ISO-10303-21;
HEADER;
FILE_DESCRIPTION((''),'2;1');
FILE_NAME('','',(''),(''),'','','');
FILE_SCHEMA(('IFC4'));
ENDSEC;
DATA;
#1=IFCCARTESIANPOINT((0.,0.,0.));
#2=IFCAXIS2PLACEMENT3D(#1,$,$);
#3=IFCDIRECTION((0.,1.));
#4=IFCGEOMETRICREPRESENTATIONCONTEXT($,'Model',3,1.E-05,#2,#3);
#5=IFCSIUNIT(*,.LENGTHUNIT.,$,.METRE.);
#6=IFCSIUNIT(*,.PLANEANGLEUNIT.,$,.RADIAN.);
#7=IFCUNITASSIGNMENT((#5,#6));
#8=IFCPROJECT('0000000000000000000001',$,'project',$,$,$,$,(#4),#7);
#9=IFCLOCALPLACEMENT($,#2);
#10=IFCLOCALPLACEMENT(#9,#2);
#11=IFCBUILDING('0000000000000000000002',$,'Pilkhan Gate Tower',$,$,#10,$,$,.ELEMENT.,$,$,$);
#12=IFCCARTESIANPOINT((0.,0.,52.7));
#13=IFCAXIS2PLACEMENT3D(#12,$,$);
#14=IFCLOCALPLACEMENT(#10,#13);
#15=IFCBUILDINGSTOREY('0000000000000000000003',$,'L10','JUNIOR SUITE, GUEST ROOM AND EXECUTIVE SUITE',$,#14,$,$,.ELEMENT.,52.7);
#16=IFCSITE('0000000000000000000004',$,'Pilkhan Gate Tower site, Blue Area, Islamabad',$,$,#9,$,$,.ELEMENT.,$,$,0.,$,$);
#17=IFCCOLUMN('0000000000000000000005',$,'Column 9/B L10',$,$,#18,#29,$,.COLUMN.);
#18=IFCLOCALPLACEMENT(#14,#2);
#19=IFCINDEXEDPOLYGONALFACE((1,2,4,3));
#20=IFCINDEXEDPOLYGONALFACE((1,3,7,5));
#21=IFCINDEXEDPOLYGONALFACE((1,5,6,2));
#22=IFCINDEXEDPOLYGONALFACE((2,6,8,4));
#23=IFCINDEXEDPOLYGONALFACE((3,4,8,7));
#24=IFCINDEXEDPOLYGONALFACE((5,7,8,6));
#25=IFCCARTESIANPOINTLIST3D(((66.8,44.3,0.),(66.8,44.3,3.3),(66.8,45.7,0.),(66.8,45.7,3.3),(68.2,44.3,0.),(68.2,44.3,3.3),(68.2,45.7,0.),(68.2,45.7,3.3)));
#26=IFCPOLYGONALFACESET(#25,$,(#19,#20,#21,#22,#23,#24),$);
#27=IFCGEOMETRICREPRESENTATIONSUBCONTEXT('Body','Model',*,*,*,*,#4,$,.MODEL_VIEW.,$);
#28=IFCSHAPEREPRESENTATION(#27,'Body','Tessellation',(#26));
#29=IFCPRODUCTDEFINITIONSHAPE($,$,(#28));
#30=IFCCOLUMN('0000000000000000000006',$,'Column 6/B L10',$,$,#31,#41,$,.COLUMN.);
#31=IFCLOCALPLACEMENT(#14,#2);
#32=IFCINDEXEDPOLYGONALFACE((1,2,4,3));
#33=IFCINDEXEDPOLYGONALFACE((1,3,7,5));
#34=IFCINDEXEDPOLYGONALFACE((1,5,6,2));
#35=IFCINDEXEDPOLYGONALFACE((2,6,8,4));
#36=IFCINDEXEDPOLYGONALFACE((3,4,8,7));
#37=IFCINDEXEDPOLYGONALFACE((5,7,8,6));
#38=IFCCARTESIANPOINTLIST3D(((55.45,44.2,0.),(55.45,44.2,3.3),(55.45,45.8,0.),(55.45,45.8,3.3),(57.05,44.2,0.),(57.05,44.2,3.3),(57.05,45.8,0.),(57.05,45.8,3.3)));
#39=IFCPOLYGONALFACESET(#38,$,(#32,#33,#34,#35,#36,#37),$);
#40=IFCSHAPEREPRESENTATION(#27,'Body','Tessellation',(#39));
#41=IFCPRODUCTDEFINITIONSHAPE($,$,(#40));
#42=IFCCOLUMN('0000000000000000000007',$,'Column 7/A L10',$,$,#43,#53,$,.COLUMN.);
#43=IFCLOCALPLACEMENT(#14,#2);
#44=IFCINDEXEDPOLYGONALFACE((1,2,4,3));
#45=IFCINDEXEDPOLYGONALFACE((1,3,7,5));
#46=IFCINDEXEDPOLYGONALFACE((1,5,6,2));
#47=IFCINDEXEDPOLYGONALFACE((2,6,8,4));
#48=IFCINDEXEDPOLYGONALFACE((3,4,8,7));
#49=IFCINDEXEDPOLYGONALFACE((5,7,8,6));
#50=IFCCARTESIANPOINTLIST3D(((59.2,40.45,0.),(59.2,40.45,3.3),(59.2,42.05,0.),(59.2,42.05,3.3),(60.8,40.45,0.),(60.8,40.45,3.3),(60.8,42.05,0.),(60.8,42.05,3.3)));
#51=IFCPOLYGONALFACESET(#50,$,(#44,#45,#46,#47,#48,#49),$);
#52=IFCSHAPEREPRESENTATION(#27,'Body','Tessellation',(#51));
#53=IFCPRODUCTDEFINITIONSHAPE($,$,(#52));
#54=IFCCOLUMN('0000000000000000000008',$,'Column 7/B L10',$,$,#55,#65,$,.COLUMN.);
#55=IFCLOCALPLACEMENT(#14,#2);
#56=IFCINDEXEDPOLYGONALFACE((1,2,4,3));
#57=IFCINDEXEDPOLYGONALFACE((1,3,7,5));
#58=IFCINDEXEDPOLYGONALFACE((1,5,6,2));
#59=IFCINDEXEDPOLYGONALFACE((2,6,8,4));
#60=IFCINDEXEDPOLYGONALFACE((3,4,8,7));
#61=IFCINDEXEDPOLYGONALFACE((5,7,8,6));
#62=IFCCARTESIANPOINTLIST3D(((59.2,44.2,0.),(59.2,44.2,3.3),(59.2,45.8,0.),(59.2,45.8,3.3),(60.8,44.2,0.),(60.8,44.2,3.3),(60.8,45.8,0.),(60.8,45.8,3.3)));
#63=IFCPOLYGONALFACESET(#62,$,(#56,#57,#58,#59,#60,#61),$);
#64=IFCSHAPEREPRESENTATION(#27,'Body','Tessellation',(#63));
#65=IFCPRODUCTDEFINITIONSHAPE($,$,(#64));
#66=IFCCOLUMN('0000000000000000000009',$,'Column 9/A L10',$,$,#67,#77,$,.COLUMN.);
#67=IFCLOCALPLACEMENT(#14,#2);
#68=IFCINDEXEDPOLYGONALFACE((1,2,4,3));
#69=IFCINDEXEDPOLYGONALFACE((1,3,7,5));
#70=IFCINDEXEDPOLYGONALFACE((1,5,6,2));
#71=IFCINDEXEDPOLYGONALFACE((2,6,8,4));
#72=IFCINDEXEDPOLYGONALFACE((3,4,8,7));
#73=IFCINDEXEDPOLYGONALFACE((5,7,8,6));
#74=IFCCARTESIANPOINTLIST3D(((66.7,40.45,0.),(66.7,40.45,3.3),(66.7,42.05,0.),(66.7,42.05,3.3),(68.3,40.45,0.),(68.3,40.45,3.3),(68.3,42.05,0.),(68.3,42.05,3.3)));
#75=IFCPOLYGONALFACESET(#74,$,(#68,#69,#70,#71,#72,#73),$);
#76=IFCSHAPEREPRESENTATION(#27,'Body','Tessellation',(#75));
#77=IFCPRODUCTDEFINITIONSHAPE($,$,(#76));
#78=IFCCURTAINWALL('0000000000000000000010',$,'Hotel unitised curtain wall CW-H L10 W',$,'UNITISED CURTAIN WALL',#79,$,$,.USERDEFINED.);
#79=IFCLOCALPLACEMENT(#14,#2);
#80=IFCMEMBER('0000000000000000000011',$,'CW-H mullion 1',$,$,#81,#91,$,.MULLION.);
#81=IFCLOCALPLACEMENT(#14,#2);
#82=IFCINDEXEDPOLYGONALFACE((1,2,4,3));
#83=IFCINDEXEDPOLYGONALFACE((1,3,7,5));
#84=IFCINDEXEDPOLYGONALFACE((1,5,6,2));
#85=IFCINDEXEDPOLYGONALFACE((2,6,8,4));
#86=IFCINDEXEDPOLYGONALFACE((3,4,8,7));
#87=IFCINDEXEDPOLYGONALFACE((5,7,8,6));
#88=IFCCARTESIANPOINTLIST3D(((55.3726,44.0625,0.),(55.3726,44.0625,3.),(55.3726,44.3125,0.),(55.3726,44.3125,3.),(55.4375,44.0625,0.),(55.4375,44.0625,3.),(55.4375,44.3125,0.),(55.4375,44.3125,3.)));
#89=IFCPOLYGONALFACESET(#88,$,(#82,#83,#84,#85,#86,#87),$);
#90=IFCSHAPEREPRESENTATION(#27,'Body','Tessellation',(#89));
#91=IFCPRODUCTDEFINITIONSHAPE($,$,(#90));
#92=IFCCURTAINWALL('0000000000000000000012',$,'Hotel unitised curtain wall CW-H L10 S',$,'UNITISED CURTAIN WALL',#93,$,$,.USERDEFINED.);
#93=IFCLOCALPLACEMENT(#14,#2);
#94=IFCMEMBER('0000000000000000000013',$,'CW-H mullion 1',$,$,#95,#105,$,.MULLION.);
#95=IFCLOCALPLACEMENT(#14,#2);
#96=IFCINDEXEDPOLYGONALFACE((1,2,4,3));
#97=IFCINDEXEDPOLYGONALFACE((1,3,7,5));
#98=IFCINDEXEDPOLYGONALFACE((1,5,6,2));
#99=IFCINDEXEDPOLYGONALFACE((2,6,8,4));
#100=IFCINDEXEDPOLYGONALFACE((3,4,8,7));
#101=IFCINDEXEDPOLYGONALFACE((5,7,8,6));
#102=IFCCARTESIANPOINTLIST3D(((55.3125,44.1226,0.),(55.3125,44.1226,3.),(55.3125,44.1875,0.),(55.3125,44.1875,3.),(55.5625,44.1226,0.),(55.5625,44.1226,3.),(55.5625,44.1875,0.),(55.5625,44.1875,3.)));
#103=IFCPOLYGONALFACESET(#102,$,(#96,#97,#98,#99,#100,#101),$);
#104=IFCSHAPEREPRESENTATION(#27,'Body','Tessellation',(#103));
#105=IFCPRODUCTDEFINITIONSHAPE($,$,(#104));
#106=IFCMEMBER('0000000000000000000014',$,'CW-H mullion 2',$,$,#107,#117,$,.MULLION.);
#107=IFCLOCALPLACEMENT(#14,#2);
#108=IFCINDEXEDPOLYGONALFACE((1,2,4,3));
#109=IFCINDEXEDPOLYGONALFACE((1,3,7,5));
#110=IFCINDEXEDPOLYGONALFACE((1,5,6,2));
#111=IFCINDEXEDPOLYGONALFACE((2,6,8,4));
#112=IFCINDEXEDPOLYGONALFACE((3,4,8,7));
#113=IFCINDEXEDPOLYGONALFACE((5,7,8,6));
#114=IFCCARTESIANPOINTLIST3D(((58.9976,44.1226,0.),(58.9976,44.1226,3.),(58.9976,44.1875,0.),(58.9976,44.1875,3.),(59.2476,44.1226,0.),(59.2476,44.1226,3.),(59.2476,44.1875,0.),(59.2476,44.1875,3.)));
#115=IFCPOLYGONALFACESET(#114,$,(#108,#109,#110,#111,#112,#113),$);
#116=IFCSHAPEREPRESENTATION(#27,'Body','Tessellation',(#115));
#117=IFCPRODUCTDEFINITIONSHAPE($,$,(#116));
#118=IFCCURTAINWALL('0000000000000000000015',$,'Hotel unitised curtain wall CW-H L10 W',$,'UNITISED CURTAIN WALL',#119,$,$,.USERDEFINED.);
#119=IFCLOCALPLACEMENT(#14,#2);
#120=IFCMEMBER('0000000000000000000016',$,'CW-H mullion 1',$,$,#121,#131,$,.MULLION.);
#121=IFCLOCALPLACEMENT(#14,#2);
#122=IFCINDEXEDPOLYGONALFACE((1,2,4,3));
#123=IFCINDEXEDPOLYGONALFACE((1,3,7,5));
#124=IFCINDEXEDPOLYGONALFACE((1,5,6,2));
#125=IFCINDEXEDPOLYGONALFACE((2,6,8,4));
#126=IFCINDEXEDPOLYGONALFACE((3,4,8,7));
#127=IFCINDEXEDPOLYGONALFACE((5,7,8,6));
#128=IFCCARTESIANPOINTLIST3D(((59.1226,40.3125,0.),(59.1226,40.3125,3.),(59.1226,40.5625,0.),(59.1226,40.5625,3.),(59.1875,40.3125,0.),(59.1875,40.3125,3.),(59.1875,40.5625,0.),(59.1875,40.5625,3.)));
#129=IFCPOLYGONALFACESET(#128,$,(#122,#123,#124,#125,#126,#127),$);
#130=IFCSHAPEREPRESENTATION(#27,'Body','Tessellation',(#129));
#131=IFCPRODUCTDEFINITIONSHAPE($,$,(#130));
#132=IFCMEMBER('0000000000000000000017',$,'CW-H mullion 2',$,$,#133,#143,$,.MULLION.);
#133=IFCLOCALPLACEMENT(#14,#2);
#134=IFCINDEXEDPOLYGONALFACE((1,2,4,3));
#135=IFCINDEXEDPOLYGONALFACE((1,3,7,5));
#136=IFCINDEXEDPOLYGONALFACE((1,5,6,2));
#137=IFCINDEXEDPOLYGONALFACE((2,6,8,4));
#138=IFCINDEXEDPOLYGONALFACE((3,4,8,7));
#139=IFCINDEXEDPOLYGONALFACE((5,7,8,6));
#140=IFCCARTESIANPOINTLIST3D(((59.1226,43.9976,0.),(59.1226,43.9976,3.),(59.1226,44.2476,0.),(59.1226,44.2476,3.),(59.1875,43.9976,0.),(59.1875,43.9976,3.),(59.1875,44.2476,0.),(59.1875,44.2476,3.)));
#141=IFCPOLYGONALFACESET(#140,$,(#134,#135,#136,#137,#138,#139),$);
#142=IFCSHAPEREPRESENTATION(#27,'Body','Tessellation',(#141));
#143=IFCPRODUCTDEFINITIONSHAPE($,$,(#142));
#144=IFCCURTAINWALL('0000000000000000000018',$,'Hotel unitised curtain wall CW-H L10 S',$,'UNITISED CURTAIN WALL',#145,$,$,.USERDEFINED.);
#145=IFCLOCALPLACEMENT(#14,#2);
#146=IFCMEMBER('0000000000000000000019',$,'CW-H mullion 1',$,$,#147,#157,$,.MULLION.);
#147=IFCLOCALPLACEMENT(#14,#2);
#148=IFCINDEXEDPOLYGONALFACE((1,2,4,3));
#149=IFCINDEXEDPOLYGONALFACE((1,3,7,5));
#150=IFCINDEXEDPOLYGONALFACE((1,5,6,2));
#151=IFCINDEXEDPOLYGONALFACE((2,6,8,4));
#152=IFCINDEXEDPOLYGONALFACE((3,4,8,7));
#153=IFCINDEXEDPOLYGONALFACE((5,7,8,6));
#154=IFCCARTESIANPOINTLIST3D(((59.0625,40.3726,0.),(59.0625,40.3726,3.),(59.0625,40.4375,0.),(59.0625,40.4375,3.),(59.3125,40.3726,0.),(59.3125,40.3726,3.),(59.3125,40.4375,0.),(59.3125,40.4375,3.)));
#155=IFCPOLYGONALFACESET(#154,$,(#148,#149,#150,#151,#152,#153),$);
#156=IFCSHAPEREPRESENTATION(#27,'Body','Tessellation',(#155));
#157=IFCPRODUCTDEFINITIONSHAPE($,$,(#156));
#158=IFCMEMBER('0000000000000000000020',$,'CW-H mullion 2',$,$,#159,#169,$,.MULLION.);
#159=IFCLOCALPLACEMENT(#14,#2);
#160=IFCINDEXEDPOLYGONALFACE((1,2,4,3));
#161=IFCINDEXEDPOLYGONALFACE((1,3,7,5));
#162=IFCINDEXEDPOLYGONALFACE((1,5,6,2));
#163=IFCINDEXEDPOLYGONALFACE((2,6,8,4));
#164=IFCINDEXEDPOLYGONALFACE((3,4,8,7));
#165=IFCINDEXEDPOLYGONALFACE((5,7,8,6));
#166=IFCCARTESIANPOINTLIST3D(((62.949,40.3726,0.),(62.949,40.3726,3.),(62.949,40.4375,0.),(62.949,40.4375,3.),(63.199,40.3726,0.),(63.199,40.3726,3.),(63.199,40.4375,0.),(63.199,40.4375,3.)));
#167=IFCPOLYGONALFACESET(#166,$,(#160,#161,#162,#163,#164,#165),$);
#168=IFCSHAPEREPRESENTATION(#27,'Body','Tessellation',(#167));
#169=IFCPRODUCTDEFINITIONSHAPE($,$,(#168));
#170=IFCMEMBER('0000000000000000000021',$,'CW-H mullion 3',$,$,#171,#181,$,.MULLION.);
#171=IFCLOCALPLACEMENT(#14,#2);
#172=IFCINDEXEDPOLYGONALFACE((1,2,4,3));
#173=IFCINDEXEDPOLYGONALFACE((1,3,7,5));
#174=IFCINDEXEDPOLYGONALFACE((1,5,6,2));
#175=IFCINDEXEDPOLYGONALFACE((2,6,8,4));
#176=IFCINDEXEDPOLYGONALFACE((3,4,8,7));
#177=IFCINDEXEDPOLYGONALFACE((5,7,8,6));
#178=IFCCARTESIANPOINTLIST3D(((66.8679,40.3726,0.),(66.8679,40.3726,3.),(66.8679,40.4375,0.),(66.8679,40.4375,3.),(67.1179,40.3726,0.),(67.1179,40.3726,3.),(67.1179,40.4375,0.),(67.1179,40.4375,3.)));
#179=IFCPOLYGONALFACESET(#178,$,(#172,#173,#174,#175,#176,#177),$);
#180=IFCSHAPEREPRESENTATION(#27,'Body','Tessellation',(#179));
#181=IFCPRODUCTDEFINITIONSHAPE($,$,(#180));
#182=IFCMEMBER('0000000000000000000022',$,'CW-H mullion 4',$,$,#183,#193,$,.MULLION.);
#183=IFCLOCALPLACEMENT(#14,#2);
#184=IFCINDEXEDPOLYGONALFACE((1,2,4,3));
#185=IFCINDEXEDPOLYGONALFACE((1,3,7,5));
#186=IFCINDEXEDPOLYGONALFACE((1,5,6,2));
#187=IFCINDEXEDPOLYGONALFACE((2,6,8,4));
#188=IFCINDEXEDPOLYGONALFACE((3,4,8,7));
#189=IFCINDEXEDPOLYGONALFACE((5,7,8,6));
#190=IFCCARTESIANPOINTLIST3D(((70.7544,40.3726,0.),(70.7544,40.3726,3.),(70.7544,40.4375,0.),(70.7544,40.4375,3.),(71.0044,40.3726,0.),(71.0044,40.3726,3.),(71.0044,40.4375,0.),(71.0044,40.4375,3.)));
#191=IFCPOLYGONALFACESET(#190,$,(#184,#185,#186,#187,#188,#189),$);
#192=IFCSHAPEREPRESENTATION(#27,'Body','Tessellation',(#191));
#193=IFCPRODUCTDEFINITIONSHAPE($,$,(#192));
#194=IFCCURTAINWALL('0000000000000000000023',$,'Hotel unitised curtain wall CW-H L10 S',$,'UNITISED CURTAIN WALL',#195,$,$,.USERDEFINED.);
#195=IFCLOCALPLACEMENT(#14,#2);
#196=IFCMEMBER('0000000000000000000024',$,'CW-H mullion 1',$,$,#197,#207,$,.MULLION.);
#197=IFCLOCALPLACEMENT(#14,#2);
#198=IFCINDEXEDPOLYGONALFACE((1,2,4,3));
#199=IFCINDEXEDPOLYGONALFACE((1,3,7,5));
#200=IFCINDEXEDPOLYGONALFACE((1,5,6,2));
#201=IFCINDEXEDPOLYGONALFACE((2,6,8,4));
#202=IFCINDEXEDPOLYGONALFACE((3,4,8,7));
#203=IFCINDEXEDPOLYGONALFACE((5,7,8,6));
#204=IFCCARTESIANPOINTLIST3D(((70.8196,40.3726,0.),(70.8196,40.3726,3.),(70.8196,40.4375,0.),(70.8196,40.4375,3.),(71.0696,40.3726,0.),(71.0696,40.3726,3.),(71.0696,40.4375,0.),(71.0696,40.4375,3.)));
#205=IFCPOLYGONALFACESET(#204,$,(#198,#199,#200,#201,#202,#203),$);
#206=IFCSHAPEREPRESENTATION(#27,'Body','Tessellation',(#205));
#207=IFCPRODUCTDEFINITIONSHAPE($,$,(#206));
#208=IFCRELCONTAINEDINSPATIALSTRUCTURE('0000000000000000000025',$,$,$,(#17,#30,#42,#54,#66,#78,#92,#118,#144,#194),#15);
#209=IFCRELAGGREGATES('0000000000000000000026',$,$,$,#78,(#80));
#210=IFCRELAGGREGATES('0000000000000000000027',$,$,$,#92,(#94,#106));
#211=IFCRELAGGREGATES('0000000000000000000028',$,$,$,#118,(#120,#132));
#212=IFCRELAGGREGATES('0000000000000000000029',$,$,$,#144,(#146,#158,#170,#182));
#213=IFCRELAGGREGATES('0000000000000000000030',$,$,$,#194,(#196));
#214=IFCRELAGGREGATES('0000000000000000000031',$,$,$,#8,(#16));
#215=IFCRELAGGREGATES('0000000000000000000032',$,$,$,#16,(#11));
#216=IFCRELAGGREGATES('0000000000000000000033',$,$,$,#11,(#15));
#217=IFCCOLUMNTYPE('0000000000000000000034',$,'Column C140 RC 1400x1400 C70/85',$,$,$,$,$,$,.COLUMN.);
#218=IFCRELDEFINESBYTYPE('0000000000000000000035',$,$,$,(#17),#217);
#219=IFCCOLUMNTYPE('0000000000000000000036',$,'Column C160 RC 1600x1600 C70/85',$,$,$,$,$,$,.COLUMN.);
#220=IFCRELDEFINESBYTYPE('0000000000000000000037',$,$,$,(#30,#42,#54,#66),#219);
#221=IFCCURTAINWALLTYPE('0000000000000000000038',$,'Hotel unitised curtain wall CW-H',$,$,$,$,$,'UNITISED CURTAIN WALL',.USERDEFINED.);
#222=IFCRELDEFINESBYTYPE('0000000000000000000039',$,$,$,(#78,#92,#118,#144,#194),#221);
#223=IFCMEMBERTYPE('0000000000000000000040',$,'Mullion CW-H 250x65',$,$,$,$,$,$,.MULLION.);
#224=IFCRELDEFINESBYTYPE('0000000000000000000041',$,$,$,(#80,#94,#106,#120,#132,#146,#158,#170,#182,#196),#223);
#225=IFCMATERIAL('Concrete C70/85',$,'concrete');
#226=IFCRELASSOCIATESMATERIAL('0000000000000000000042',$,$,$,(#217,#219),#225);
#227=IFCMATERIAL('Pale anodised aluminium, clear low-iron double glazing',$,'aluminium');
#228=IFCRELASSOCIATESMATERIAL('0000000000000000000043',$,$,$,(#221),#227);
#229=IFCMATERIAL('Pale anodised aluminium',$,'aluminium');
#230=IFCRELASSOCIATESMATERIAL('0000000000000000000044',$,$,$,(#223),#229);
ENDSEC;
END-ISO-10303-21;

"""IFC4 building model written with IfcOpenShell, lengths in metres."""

from ifc_helpers import new_model, si_unit, direction, frame, origin, origin_2d, place, context, subcontext, project, spatial, rectangle, extrude, material, material_profile, profile_set, type_object, element, aggregate, save


model = new_model("IFC4")

# Units and contexts
model_context = context("Model", 3, precision=1e-05, world=origin(), true_north=direction((0.0, 1.0)))
body_context = subcontext(model_context, "Body", "Model", "MODEL_VIEW")
ifc_project = project(units=[si_unit("LENGTHUNIT", "METRE"), si_unit("PLANEANGLEUNIT", "RADIAN")], contexts=[model_context])

# Site, building, storey
site_placement = place(None, origin())
site = spatial("IfcSite", under=ifc_project, at=site_placement, Name="Pilkhan Gate Tower site, Blue Area, Islamabad", CompositionType="ELEMENT", RefElevation=0.0)
building_placement = place(site_placement, origin())
building = spatial("IfcBuilding", under=site, at=building_placement, Name="Pilkhan Gate Tower", CompositionType="ELEMENT")
storey_placement = place(building_placement, frame((0.0, 0.0, 52.7)))
storey = spatial("IfcBuildingStorey", under=building, at=storey_placement, Name="L10", Description="JUNIOR SUITE, GUEST ROOM AND EXECUTIVE SUITE", CompositionType="ELEMENT", Elevation=52.7)

# Columns
ifc_material_1 = material(Name="Concrete C70/85", Category="concrete")
ifc_material_profile_1 = material_profile(ifc_material_1, rectangle(XDim=1.3999, YDim=1.3999, at=origin_2d()), Name="RC 1400x1400")
ifc_profile_set_1 = profile_set([ifc_material_profile_1], Name="Concrete C70/85")
column_type_1 = type_object("IfcColumnType", Name="Column C140 RC 1400x1400 C70/85", PredefinedType="COLUMN", material=ifc_profile_set_1)
column_placement = place(storey_placement, frame((67.5, 45.0, 0.0), z_axis=(0.0, 0.0, 1.0), x_axis=(1.0, 0.0, 0.0)))
element("IfcColumn", 1, at=column_placement, inside=storey, type_object=column_type_1, Name="Column 9/B L10", PredefinedType="COLUMN", context=body_context, shape_type="SweptSolid", body=[
    extrude(rectangle(XDim=1.3999, YDim=1.3999, at=origin_2d()), origin(), (0.0, 0.0, 1.0), 3.3),
])
ifc_material_profile_2 = material_profile(ifc_material_1, rectangle(XDim=1.6001, YDim=1.6001, at=origin_2d()), Name="RC 1600x1600")
ifc_profile_set_2 = profile_set([ifc_material_profile_2], Name="Concrete C70/85")
column_type_2 = type_object("IfcColumnType", Name="Column C160 RC 1600x1600 C70/85", PredefinedType="COLUMN", material=ifc_profile_set_2)
for number, where, z_axis, x_axis, name in (
    (2, (56.25, 45.0, 0.0), (0.0, 0.0, 1.0), (1.0, 0.0, 0.0), "Column 6/B L10"),
    (3, (60.0, 41.25, 0.0), (0.0, 0.0, 1.0), (1.0, 0.0, 0.0), "Column 7/A L10"),
    (4, (60.0, 45.0, 0.0), (0.0, 0.0, 1.0), (1.0, 0.0, 0.0), "Column 7/B L10"),
    (5, (67.5, 41.25, 0.0), (0.0, 0.0, 1.0), (1.0, 0.0, 0.0), "Column 9/A L10"),
):
    element("IfcColumn", number, at=place(storey_placement, frame(where, z_axis=z_axis, x_axis=x_axis)), inside=storey, type_object=column_type_2, Name=name, PredefinedType="COLUMN", context=body_context, shape_type="SweptSolid", body=[
        extrude(rectangle(XDim=1.6001, YDim=1.6001, at=origin_2d()), origin(), (0.0, 0.0, 1.0), 3.3),
    ])

# Curtain wall, member
ifc_material_2 = material(Name="Pale anodised aluminium, clear low-iron double glazing", Category="aluminium")
curtain_wall_type = type_object("IfcCurtainWallType", Name="Hotel unitised curtain wall CW-H", ElementType="UNITISED CURTAIN WALL", PredefinedType="USERDEFINED", material=ifc_material_2)
curtain_wall_1_placement = place(storey_placement, origin())
curtain_wall_1 = element("IfcCurtainWall", 6, at=curtain_wall_1_placement, inside=storey, type_object=curtain_wall_type, Name="Hotel unitised curtain wall CW-H L10 W", ObjectType="UNITISED CURTAIN WALL", PredefinedType="USERDEFINED")
ifc_material_3 = material(Name="Pale anodised aluminium", Category="aluminium")
ifc_material_profile_3 = material_profile(ifc_material_3, rectangle(XDim=0.0649, YDim=0.25, at=origin_2d()), Name="Mullion 250x65")
ifc_profile_set_3 = profile_set([ifc_material_profile_3], Name="Pale anodised aluminium")
member_type_1 = type_object("IfcMemberType", Name="Mullion CW-H 250x65", PredefinedType="MULLION", material=ifc_profile_set_3)
member_1_placement = place(storey_placement, frame((55.405, 44.1875, 0.0), z_axis=(0.0, 0.0, 1.0), x_axis=(-1.0, 0.0, 0.0)))
member_1 = element("IfcMember", 7, at=member_1_placement, type_object=member_type_1, Name="CW-H mullion 1", PredefinedType="MULLION", context=body_context, shape_type="SweptSolid", body=[
    extrude(rectangle(XDim=0.0649, YDim=0.25, at=origin_2d()), origin(), (0.0, 0.0, 1.0), 3.0),
])

# Curtain walls, members
curtain_wall_2_placement = place(storey_placement, origin())
curtain_wall_2 = element("IfcCurtainWall", 8, at=curtain_wall_2_placement, inside=storey, type_object=curtain_wall_type, Name="Hotel unitised curtain wall CW-H L10 S", ObjectType="UNITISED CURTAIN WALL", PredefinedType="USERDEFINED")
member_2_placement = place(storey_placement, frame((55.4375, 44.155, 0.0), z_axis=(0.0, 0.0, 1.0), x_axis=(0.0, 1.0, 0.0)))
member_2 = element("IfcMember", 9, at=member_2_placement, type_object=member_type_1, Name="CW-H mullion 1", PredefinedType="MULLION", context=body_context, shape_type="SweptSolid", body=[
    extrude(rectangle(XDim=0.0649, YDim=0.25, at=origin_2d()), origin(), (0.0, 0.0, 1.0), 3.0),
])
member_3_placement = place(storey_placement, frame((59.1226, 44.155, 0.0), z_axis=(0.0, 0.0, 1.0), x_axis=(0.0, 1.0, 0.0)))
member_3 = element("IfcMember", 10, at=member_3_placement, type_object=member_type_1, Name="CW-H mullion 2", PredefinedType="MULLION", context=body_context, shape_type="SweptSolid", body=[
    extrude(rectangle(XDim=0.0649, YDim=0.25, at=origin_2d()), origin(), (0.0, 0.0, 1.0), 3.0),
])
curtain_wall_3_placement = place(storey_placement, origin())
curtain_wall_3 = element("IfcCurtainWall", 11, at=curtain_wall_3_placement, inside=storey, type_object=curtain_wall_type, Name="Hotel unitised curtain wall CW-H L10 W", ObjectType="UNITISED CURTAIN WALL", PredefinedType="USERDEFINED")
member_4_placement = place(storey_placement, frame((59.155, 40.4375, 0.0), z_axis=(0.0, 0.0, 1.0), x_axis=(-1.0, 0.0, 0.0)))
member_4 = element("IfcMember", 12, at=member_4_placement, type_object=member_type_1, Name="CW-H mullion 1", PredefinedType="MULLION", context=body_context, shape_type="SweptSolid", body=[
    extrude(rectangle(XDim=0.0649, YDim=0.25, at=origin_2d()), origin(), (0.0, 0.0, 1.0), 3.0),
])
member_5_placement = place(storey_placement, frame((59.155, 44.1226, 0.0), z_axis=(0.0, 0.0, 1.0), x_axis=(-1.0, 0.0, 0.0)))
member_5 = element("IfcMember", 13, at=member_5_placement, type_object=member_type_1, Name="CW-H mullion 2", PredefinedType="MULLION", context=body_context, shape_type="SweptSolid", body=[
    extrude(rectangle(XDim=0.0649, YDim=0.25, at=origin_2d()), origin(), (0.0, 0.0, 1.0), 3.0),
])
curtain_wall_4_placement = place(storey_placement, origin())
curtain_wall_4 = element("IfcCurtainWall", 14, at=curtain_wall_4_placement, inside=storey, type_object=curtain_wall_type, Name="Hotel unitised curtain wall CW-H L10 S", ObjectType="UNITISED CURTAIN WALL", PredefinedType="USERDEFINED")
member_6_placement = place(storey_placement, frame((59.1875, 40.405, 0.0), z_axis=(0.0, 0.0, 1.0), x_axis=(0.0, 1.0, 0.0)))
member_6 = element("IfcMember", 15, at=member_6_placement, type_object=member_type_1, Name="CW-H mullion 1", PredefinedType="MULLION", context=body_context, shape_type="SweptSolid", body=[
    extrude(rectangle(XDim=0.0649, YDim=0.25, at=origin_2d()), origin(), (0.0, 0.0, 1.0), 3.0),
])
member_7_placement = place(storey_placement, frame((63.074, 40.405, 0.0), z_axis=(0.0, 0.0, 1.0), x_axis=(0.0, 1.0, 0.0)))
member_7 = element("IfcMember", 16, at=member_7_placement, type_object=member_type_1, Name="CW-H mullion 2", PredefinedType="MULLION", context=body_context, shape_type="SweptSolid", body=[
    extrude(rectangle(XDim=0.0649, YDim=0.25, at=origin_2d()), origin(), (0.0, 0.0, 1.0), 3.0),
])
member_8_placement = place(storey_placement, frame((66.9929, 40.405, 0.0), z_axis=(0.0, 0.0, 1.0), x_axis=(0.0, 1.0, 0.0)))
member_8 = element("IfcMember", 17, at=member_8_placement, type_object=member_type_1, Name="CW-H mullion 3", PredefinedType="MULLION", context=body_context, shape_type="SweptSolid", body=[
    extrude(rectangle(XDim=0.0649, YDim=0.25, at=origin_2d()), origin(), (0.0, 0.0, 1.0), 3.0),
])
member_9_placement = place(storey_placement, frame((70.8794, 40.405, 0.0), z_axis=(0.0, 0.0, 1.0), x_axis=(0.0, 1.0, 0.0)))
member_9 = element("IfcMember", 18, at=member_9_placement, type_object=member_type_1, Name="CW-H mullion 4", PredefinedType="MULLION", context=body_context, shape_type="SweptSolid", body=[
    extrude(rectangle(XDim=0.0649, YDim=0.25, at=origin_2d()), origin(), (0.0, 0.0, 1.0), 3.0),
])

# Curtain wall, member
curtain_wall_5_placement = place(storey_placement, origin())
curtain_wall_5 = element("IfcCurtainWall", 19, at=curtain_wall_5_placement, inside=storey, type_object=curtain_wall_type, Name="Hotel unitised curtain wall CW-H L10 S", ObjectType="UNITISED CURTAIN WALL", PredefinedType="USERDEFINED")
member_10_placement = place(storey_placement, frame((70.9446, 40.405, 0.0), z_axis=(0.0, 0.0, 1.0), x_axis=(0.0, 1.0, 0.0)))
member_10 = element("IfcMember", 20, at=member_10_placement, type_object=member_type_1, Name="CW-H mullion 1", PredefinedType="MULLION", context=body_context, shape_type="SweptSolid", body=[
    extrude(rectangle(XDim=0.0649, YDim=0.25, at=origin_2d()), origin(), (0.0, 0.0, 1.0), 3.0),
])

aggregate(curtain_wall_1, [member_1])
aggregate(curtain_wall_2, [member_2, member_3])
aggregate(curtain_wall_3, [member_4, member_5])
aggregate(curtain_wall_4, [member_6, member_7, member_8, member_9])
aggregate(curtain_wall_5, [member_10])

save(model, "model.ifc")
